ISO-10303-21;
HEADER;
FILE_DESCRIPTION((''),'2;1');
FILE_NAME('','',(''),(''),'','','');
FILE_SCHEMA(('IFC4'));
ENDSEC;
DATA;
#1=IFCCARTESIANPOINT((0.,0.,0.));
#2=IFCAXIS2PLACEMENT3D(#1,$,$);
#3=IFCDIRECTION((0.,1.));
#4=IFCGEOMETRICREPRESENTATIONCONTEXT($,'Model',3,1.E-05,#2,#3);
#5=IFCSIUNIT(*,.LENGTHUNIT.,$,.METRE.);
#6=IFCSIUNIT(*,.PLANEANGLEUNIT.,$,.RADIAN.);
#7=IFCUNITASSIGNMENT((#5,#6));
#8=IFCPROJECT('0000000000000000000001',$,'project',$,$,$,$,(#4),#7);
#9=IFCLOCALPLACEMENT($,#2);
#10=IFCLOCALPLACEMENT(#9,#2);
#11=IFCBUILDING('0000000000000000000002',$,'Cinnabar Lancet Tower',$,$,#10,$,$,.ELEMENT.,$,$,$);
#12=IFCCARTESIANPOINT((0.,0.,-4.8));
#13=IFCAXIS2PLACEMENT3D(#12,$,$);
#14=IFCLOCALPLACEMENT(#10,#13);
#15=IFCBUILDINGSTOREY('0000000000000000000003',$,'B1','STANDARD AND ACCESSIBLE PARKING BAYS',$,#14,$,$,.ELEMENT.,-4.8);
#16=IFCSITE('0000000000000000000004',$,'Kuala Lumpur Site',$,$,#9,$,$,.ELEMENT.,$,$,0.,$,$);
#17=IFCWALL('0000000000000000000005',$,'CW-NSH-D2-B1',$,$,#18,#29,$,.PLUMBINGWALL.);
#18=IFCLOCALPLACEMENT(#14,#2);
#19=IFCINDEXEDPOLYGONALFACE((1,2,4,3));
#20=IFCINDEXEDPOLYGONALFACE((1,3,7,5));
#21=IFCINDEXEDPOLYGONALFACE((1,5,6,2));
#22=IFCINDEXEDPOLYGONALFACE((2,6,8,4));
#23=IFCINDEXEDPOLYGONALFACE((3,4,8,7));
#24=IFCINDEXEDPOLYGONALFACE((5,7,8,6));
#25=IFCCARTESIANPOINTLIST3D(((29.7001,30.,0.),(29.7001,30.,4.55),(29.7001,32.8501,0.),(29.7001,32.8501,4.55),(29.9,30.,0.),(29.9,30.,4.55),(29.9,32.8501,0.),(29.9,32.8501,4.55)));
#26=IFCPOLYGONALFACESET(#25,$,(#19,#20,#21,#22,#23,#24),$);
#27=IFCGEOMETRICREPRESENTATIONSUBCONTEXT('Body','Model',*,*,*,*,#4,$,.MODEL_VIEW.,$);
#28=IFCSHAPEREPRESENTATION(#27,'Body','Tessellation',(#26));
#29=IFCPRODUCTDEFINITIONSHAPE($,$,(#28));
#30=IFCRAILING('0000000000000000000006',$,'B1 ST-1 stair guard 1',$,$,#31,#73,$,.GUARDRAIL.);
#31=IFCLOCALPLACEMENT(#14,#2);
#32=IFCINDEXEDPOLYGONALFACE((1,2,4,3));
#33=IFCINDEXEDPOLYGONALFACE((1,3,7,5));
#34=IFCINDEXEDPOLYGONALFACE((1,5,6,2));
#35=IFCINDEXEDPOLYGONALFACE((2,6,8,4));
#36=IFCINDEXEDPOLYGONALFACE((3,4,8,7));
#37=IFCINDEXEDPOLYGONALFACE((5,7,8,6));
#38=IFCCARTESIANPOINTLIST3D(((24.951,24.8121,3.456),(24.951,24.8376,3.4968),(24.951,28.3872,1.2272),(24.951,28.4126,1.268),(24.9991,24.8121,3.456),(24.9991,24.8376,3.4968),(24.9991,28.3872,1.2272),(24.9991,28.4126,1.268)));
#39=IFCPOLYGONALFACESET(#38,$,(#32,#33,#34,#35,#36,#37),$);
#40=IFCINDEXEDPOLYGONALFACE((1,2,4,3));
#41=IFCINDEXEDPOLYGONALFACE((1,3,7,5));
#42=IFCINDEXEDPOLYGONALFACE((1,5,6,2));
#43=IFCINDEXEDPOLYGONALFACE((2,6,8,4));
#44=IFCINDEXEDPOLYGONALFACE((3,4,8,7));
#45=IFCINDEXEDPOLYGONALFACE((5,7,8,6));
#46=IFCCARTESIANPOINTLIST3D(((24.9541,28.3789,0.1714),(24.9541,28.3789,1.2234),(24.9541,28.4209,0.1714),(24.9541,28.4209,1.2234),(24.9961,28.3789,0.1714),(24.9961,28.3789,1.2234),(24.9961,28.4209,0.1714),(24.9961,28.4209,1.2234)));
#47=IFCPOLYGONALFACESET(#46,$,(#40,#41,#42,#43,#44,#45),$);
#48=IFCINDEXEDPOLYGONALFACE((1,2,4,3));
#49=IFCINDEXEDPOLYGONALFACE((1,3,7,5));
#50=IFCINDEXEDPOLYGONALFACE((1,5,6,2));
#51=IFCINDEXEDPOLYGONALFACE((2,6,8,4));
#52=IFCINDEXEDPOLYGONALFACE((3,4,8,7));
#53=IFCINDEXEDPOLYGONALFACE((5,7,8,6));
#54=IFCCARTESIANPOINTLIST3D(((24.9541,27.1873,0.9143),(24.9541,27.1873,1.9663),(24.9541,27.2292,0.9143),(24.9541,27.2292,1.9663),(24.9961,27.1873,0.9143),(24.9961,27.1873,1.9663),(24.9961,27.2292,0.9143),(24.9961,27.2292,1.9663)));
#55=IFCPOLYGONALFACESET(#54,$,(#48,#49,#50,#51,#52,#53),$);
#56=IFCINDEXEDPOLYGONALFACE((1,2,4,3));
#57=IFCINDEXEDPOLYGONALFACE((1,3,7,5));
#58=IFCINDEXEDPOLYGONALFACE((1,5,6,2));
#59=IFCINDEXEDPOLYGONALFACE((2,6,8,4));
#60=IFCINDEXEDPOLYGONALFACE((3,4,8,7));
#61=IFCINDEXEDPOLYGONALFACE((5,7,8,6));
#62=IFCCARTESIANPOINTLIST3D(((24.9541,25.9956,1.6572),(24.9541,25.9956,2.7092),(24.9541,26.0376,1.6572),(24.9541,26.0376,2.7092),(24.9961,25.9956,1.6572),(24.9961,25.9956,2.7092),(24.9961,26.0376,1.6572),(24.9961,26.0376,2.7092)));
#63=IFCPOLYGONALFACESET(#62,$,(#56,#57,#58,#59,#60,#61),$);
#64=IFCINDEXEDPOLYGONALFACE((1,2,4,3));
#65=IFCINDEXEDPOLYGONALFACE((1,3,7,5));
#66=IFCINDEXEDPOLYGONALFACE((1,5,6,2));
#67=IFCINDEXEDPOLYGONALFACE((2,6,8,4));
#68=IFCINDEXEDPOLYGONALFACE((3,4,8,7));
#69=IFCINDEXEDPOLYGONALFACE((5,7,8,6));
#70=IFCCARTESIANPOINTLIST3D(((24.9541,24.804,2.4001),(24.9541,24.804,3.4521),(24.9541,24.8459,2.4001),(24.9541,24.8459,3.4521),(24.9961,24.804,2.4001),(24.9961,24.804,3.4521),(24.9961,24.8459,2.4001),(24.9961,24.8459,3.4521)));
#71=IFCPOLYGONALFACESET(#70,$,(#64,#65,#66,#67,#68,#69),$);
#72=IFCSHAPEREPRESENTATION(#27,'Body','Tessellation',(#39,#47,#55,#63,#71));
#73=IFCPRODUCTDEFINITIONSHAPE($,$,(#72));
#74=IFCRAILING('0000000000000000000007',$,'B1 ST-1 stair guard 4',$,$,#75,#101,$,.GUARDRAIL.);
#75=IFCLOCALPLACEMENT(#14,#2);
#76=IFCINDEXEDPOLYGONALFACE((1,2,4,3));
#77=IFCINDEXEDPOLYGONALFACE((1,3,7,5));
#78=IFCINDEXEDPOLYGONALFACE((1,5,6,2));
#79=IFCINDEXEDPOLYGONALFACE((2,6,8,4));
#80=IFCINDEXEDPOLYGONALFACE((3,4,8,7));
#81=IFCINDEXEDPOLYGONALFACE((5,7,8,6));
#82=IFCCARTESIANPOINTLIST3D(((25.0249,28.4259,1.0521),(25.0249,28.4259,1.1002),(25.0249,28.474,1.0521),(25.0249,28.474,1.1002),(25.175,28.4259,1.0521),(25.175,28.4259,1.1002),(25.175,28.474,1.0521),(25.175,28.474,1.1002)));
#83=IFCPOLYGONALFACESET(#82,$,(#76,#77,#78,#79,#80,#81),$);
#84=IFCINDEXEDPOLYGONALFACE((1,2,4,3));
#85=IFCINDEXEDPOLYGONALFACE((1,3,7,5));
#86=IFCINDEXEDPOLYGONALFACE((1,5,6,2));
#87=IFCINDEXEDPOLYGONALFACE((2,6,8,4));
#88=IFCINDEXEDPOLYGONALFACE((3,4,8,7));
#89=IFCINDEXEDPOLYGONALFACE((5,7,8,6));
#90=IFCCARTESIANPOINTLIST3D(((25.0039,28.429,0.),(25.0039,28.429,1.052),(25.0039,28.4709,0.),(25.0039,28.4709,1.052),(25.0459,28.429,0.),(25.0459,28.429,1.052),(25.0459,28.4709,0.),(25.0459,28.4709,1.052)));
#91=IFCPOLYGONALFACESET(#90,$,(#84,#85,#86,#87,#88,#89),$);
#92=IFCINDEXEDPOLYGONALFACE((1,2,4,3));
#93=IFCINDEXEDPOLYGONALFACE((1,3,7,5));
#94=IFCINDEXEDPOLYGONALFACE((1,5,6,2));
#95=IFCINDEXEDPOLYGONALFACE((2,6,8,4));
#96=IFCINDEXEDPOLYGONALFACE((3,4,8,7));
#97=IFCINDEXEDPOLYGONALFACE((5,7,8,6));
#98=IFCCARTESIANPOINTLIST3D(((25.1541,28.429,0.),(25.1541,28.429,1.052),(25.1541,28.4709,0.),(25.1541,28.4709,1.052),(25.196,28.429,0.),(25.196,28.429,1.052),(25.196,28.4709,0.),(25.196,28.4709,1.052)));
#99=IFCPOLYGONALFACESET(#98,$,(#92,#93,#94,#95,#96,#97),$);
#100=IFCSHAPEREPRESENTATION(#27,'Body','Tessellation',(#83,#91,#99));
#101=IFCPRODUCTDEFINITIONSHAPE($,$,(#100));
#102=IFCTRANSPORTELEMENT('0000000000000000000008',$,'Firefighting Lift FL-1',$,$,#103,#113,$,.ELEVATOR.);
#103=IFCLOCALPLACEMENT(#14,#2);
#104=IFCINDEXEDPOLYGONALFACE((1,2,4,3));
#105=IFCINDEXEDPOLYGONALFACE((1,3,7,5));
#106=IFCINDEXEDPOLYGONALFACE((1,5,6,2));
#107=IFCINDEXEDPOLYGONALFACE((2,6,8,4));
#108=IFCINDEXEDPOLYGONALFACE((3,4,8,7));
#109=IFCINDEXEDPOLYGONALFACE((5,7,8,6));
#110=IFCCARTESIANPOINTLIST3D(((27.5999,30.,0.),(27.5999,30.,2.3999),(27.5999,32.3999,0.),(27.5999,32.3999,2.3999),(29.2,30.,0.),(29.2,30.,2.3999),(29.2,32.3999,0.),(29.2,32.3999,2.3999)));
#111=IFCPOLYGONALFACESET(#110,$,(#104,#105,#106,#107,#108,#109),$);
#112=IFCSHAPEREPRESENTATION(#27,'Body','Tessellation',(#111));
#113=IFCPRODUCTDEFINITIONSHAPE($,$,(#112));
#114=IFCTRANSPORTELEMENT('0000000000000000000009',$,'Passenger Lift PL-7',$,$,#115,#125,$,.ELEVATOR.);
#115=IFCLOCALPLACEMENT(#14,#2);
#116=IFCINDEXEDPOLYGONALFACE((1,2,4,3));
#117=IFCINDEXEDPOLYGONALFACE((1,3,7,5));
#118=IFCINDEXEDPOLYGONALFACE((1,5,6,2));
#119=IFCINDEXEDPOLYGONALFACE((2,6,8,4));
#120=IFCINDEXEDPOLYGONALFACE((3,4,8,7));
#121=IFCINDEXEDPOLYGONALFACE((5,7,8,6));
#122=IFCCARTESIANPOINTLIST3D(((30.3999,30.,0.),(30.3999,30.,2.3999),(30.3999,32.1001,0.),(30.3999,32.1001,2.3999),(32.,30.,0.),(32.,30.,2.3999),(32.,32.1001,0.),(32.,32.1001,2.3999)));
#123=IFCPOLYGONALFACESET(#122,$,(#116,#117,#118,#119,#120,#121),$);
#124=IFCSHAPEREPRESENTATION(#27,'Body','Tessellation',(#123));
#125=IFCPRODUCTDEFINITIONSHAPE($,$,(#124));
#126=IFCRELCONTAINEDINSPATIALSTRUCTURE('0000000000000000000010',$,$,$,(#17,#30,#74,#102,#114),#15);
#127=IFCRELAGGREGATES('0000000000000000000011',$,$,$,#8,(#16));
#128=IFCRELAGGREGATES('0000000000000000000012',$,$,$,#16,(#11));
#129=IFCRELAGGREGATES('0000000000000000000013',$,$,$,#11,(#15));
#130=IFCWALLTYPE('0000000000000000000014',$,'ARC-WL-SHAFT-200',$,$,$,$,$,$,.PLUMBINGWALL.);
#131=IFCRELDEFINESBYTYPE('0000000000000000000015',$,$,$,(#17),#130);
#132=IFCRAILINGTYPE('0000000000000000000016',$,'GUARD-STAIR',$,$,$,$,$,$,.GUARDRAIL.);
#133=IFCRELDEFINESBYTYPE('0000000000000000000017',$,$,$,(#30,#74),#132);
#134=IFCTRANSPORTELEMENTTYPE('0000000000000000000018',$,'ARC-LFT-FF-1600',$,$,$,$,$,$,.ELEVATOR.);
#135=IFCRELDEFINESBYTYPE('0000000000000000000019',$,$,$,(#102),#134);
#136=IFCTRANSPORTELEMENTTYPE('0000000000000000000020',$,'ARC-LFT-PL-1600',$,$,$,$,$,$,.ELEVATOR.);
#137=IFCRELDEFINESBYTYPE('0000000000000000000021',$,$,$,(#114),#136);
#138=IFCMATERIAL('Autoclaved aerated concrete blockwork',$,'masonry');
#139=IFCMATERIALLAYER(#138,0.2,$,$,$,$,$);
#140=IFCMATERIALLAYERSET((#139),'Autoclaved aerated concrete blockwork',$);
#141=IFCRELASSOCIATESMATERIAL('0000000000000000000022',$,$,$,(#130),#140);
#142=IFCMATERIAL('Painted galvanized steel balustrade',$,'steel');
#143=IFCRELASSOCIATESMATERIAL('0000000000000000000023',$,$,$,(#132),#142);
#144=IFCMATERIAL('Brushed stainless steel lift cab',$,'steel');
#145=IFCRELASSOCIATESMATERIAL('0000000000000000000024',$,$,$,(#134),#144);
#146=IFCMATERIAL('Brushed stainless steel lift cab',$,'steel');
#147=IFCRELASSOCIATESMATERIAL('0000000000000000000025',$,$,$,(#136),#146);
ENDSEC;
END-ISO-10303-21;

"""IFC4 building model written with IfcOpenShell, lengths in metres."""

from ifc_helpers import new_model, si_unit, direction, frame, frame_2d, origin, origin_2d, place, context, subcontext, project, spatial, rectangle, extrude, material, layer, layer_set, type_object, element, save


model = new_model("IFC4")

# Units and contexts
model_context = context("Model", 3, precision=1e-05, world=origin(), true_north=direction((0.0, 1.0)))
body_context = subcontext(model_context, "Body", "Model", "MODEL_VIEW")
ifc_project = project(units=[si_unit("LENGTHUNIT", "METRE"), si_unit("PLANEANGLEUNIT", "RADIAN")], contexts=[model_context])

# Site, building, storey
site_placement = place(None, origin())
site = spatial("IfcSite", under=ifc_project, at=site_placement, Name="Kuala Lumpur Site", CompositionType="ELEMENT", RefElevation=0.0)
building_placement = place(site_placement, origin())
building = spatial("IfcBuilding", under=site, at=building_placement, Name="Cinnabar Lancet Tower", CompositionType="ELEMENT")
storey_placement = place(building_placement, frame((0.0, 0.0, -4.8)))
storey = spatial("IfcBuildingStorey", under=building, at=storey_placement, Name="B1", Description="STANDARD AND ACCESSIBLE PARKING BAYS", CompositionType="ELEMENT", Elevation=-4.8)

# Shared definitions
ifc_material_1 = material(Name="Autoclaved aerated concrete blockwork", Category="masonry")
ifc_layer = layer(ifc_material_1, 0.2)
ifc_layer_set = layer_set([ifc_layer], Name="Autoclaved aerated concrete blockwork")
wall_type = type_object("IfcWallType", Name="ARC-WL-SHAFT-200", PredefinedType="PLUMBINGWALL", material=ifc_layer_set)

# Wall
for number, where, z_axis, x_axis, name in (
    (1, (29.8, 30.0, 0.0), (0.0, 0.0, 1.0), (0.0, 1.0, 0.0), "CW-NSH-D2-B1"),
):
    element("IfcWall", number, at=place(storey_placement, frame(where, z_axis=z_axis, x_axis=x_axis)), inside=storey, type_object=wall_type, Name=name, PredefinedType="PLUMBINGWALL", context=body_context, shape_type="SweptSolid", body=[
        extrude(rectangle(XDim=2.8501, YDim=0.2, at=frame_2d((1.425, 0.0))), origin(), (0.0, 0.0, 1.0), 4.55),
    ])

# Railings
ifc_material_2 = material(Name="Painted galvanized steel balustrade", Category="steel")
railing_type = type_object("IfcRailingType", Name="GUARD-STAIR", PredefinedType="GUARDRAIL", material=ifc_material_2)
railing_1_placement = place(storey_placement, frame((24.9751, 28.3999, 0.1714)))
element("IfcRailing", 2, at=railing_1_placement, inside=storey, type_object=railing_type, Name="B1 ST-1 stair guard 1", PredefinedType="GUARDRAIL", context=body_context, shape_type="SweptSolid", body=[
    extrude(rectangle(XDim=0.0481, YDim=0.0481, at=origin_2d()), frame((0.0, 0.0, 1.0762), z_axis=(0.0, -0.848594, 0.529045), x_axis=(1.0, 0.0, 0.0)), (0.0, 0.0, 1.0), 4.2129),
    extrude(rectangle(XDim=0.042, YDim=0.042, at=origin_2d()), origin(), (0.0, 0.0, 1.0), 1.052),
    extrude(rectangle(XDim=0.042, YDim=0.042, at=origin_2d()), frame((0.0, -1.1917, 0.7429)), (0.0, 0.0, 1.0), 1.052),
    extrude(rectangle(XDim=0.042, YDim=0.042, at=origin_2d()), frame((0.0, -2.3833, 1.4858)), (0.0, 0.0, 1.0), 1.052),
    extrude(rectangle(XDim=0.042, YDim=0.042, at=origin_2d()), frame((0.0, -3.575, 2.2288)), (0.0, 0.0, 1.0), 1.052),
])
railing_2_placement = place(storey_placement, frame((25.0249, 28.45, 0.0)))
element("IfcRailing", 3, at=railing_2_placement, inside=storey, type_object=railing_type, Name="B1 ST-1 stair guard 4", PredefinedType="GUARDRAIL", context=body_context, shape_type="SweptSolid", body=[
    extrude(rectangle(XDim=0.0481, YDim=0.0481, at=origin_2d()), frame((0.0, 0.0, 1.0762), z_axis=(1.0, 0.0, 0.0), x_axis=(0.0, 1.0, 0.0)), (0.0, 0.0, 1.0), 0.1501),
    extrude(rectangle(XDim=0.042, YDim=0.042, at=origin_2d()), origin(), (0.0, 0.0, 1.0), 1.052),
    extrude(rectangle(XDim=0.042, YDim=0.042, at=origin_2d()), frame((0.1501, 0.0, 0.0)), (0.0, 0.0, 1.0), 1.052),
])

# Transport elements
ifc_material_3 = material(Name="Brushed stainless steel lift cab", Category="steel")
transport_element_type_1 = type_object("IfcTransportElementType", Name="ARC-LFT-FF-1600", PredefinedType="ELEVATOR", material=ifc_material_3)
transport_element_1_placement = place(storey_placement, frame((28.3999, 31.2, 0.0), z_axis=(0.0, 0.0, 1.0), x_axis=(1.0, 0.0, 0.0)))
element("IfcTransportElement", 4, at=transport_element_1_placement, inside=storey, type_object=transport_element_type_1, Name="Firefighting Lift FL-1", PredefinedType="ELEVATOR", context=body_context, shape_type="SweptSolid", body=[
    extrude(rectangle(XDim=1.6001, YDim=2.3999, at=origin_2d()), origin(), (0.0, 0.0, 1.0), 2.3999),
])
ifc_material_4 = material(Name="Brushed stainless steel lift cab", Category="steel")
transport_element_type_2 = type_object("IfcTransportElementType", Name="ARC-LFT-PL-1600", PredefinedType="ELEVATOR", material=ifc_material_4)
transport_element_2_placement = place(storey_placement, frame((31.2, 31.05, 0.0), z_axis=(0.0, 0.0, 1.0), x_axis=(1.0, 0.0, 0.0)))
element("IfcTransportElement", 5, at=transport_element_2_placement, inside=storey, type_object=transport_element_type_2, Name="Passenger Lift PL-7", PredefinedType="ELEVATOR", context=body_context, shape_type="SweptSolid", body=[
    extrude(rectangle(XDim=1.6001, YDim=2.1001, at=origin_2d()), origin(), (0.0, 0.0, 1.0), 2.3999),
])

save(model, "model.ifc")
